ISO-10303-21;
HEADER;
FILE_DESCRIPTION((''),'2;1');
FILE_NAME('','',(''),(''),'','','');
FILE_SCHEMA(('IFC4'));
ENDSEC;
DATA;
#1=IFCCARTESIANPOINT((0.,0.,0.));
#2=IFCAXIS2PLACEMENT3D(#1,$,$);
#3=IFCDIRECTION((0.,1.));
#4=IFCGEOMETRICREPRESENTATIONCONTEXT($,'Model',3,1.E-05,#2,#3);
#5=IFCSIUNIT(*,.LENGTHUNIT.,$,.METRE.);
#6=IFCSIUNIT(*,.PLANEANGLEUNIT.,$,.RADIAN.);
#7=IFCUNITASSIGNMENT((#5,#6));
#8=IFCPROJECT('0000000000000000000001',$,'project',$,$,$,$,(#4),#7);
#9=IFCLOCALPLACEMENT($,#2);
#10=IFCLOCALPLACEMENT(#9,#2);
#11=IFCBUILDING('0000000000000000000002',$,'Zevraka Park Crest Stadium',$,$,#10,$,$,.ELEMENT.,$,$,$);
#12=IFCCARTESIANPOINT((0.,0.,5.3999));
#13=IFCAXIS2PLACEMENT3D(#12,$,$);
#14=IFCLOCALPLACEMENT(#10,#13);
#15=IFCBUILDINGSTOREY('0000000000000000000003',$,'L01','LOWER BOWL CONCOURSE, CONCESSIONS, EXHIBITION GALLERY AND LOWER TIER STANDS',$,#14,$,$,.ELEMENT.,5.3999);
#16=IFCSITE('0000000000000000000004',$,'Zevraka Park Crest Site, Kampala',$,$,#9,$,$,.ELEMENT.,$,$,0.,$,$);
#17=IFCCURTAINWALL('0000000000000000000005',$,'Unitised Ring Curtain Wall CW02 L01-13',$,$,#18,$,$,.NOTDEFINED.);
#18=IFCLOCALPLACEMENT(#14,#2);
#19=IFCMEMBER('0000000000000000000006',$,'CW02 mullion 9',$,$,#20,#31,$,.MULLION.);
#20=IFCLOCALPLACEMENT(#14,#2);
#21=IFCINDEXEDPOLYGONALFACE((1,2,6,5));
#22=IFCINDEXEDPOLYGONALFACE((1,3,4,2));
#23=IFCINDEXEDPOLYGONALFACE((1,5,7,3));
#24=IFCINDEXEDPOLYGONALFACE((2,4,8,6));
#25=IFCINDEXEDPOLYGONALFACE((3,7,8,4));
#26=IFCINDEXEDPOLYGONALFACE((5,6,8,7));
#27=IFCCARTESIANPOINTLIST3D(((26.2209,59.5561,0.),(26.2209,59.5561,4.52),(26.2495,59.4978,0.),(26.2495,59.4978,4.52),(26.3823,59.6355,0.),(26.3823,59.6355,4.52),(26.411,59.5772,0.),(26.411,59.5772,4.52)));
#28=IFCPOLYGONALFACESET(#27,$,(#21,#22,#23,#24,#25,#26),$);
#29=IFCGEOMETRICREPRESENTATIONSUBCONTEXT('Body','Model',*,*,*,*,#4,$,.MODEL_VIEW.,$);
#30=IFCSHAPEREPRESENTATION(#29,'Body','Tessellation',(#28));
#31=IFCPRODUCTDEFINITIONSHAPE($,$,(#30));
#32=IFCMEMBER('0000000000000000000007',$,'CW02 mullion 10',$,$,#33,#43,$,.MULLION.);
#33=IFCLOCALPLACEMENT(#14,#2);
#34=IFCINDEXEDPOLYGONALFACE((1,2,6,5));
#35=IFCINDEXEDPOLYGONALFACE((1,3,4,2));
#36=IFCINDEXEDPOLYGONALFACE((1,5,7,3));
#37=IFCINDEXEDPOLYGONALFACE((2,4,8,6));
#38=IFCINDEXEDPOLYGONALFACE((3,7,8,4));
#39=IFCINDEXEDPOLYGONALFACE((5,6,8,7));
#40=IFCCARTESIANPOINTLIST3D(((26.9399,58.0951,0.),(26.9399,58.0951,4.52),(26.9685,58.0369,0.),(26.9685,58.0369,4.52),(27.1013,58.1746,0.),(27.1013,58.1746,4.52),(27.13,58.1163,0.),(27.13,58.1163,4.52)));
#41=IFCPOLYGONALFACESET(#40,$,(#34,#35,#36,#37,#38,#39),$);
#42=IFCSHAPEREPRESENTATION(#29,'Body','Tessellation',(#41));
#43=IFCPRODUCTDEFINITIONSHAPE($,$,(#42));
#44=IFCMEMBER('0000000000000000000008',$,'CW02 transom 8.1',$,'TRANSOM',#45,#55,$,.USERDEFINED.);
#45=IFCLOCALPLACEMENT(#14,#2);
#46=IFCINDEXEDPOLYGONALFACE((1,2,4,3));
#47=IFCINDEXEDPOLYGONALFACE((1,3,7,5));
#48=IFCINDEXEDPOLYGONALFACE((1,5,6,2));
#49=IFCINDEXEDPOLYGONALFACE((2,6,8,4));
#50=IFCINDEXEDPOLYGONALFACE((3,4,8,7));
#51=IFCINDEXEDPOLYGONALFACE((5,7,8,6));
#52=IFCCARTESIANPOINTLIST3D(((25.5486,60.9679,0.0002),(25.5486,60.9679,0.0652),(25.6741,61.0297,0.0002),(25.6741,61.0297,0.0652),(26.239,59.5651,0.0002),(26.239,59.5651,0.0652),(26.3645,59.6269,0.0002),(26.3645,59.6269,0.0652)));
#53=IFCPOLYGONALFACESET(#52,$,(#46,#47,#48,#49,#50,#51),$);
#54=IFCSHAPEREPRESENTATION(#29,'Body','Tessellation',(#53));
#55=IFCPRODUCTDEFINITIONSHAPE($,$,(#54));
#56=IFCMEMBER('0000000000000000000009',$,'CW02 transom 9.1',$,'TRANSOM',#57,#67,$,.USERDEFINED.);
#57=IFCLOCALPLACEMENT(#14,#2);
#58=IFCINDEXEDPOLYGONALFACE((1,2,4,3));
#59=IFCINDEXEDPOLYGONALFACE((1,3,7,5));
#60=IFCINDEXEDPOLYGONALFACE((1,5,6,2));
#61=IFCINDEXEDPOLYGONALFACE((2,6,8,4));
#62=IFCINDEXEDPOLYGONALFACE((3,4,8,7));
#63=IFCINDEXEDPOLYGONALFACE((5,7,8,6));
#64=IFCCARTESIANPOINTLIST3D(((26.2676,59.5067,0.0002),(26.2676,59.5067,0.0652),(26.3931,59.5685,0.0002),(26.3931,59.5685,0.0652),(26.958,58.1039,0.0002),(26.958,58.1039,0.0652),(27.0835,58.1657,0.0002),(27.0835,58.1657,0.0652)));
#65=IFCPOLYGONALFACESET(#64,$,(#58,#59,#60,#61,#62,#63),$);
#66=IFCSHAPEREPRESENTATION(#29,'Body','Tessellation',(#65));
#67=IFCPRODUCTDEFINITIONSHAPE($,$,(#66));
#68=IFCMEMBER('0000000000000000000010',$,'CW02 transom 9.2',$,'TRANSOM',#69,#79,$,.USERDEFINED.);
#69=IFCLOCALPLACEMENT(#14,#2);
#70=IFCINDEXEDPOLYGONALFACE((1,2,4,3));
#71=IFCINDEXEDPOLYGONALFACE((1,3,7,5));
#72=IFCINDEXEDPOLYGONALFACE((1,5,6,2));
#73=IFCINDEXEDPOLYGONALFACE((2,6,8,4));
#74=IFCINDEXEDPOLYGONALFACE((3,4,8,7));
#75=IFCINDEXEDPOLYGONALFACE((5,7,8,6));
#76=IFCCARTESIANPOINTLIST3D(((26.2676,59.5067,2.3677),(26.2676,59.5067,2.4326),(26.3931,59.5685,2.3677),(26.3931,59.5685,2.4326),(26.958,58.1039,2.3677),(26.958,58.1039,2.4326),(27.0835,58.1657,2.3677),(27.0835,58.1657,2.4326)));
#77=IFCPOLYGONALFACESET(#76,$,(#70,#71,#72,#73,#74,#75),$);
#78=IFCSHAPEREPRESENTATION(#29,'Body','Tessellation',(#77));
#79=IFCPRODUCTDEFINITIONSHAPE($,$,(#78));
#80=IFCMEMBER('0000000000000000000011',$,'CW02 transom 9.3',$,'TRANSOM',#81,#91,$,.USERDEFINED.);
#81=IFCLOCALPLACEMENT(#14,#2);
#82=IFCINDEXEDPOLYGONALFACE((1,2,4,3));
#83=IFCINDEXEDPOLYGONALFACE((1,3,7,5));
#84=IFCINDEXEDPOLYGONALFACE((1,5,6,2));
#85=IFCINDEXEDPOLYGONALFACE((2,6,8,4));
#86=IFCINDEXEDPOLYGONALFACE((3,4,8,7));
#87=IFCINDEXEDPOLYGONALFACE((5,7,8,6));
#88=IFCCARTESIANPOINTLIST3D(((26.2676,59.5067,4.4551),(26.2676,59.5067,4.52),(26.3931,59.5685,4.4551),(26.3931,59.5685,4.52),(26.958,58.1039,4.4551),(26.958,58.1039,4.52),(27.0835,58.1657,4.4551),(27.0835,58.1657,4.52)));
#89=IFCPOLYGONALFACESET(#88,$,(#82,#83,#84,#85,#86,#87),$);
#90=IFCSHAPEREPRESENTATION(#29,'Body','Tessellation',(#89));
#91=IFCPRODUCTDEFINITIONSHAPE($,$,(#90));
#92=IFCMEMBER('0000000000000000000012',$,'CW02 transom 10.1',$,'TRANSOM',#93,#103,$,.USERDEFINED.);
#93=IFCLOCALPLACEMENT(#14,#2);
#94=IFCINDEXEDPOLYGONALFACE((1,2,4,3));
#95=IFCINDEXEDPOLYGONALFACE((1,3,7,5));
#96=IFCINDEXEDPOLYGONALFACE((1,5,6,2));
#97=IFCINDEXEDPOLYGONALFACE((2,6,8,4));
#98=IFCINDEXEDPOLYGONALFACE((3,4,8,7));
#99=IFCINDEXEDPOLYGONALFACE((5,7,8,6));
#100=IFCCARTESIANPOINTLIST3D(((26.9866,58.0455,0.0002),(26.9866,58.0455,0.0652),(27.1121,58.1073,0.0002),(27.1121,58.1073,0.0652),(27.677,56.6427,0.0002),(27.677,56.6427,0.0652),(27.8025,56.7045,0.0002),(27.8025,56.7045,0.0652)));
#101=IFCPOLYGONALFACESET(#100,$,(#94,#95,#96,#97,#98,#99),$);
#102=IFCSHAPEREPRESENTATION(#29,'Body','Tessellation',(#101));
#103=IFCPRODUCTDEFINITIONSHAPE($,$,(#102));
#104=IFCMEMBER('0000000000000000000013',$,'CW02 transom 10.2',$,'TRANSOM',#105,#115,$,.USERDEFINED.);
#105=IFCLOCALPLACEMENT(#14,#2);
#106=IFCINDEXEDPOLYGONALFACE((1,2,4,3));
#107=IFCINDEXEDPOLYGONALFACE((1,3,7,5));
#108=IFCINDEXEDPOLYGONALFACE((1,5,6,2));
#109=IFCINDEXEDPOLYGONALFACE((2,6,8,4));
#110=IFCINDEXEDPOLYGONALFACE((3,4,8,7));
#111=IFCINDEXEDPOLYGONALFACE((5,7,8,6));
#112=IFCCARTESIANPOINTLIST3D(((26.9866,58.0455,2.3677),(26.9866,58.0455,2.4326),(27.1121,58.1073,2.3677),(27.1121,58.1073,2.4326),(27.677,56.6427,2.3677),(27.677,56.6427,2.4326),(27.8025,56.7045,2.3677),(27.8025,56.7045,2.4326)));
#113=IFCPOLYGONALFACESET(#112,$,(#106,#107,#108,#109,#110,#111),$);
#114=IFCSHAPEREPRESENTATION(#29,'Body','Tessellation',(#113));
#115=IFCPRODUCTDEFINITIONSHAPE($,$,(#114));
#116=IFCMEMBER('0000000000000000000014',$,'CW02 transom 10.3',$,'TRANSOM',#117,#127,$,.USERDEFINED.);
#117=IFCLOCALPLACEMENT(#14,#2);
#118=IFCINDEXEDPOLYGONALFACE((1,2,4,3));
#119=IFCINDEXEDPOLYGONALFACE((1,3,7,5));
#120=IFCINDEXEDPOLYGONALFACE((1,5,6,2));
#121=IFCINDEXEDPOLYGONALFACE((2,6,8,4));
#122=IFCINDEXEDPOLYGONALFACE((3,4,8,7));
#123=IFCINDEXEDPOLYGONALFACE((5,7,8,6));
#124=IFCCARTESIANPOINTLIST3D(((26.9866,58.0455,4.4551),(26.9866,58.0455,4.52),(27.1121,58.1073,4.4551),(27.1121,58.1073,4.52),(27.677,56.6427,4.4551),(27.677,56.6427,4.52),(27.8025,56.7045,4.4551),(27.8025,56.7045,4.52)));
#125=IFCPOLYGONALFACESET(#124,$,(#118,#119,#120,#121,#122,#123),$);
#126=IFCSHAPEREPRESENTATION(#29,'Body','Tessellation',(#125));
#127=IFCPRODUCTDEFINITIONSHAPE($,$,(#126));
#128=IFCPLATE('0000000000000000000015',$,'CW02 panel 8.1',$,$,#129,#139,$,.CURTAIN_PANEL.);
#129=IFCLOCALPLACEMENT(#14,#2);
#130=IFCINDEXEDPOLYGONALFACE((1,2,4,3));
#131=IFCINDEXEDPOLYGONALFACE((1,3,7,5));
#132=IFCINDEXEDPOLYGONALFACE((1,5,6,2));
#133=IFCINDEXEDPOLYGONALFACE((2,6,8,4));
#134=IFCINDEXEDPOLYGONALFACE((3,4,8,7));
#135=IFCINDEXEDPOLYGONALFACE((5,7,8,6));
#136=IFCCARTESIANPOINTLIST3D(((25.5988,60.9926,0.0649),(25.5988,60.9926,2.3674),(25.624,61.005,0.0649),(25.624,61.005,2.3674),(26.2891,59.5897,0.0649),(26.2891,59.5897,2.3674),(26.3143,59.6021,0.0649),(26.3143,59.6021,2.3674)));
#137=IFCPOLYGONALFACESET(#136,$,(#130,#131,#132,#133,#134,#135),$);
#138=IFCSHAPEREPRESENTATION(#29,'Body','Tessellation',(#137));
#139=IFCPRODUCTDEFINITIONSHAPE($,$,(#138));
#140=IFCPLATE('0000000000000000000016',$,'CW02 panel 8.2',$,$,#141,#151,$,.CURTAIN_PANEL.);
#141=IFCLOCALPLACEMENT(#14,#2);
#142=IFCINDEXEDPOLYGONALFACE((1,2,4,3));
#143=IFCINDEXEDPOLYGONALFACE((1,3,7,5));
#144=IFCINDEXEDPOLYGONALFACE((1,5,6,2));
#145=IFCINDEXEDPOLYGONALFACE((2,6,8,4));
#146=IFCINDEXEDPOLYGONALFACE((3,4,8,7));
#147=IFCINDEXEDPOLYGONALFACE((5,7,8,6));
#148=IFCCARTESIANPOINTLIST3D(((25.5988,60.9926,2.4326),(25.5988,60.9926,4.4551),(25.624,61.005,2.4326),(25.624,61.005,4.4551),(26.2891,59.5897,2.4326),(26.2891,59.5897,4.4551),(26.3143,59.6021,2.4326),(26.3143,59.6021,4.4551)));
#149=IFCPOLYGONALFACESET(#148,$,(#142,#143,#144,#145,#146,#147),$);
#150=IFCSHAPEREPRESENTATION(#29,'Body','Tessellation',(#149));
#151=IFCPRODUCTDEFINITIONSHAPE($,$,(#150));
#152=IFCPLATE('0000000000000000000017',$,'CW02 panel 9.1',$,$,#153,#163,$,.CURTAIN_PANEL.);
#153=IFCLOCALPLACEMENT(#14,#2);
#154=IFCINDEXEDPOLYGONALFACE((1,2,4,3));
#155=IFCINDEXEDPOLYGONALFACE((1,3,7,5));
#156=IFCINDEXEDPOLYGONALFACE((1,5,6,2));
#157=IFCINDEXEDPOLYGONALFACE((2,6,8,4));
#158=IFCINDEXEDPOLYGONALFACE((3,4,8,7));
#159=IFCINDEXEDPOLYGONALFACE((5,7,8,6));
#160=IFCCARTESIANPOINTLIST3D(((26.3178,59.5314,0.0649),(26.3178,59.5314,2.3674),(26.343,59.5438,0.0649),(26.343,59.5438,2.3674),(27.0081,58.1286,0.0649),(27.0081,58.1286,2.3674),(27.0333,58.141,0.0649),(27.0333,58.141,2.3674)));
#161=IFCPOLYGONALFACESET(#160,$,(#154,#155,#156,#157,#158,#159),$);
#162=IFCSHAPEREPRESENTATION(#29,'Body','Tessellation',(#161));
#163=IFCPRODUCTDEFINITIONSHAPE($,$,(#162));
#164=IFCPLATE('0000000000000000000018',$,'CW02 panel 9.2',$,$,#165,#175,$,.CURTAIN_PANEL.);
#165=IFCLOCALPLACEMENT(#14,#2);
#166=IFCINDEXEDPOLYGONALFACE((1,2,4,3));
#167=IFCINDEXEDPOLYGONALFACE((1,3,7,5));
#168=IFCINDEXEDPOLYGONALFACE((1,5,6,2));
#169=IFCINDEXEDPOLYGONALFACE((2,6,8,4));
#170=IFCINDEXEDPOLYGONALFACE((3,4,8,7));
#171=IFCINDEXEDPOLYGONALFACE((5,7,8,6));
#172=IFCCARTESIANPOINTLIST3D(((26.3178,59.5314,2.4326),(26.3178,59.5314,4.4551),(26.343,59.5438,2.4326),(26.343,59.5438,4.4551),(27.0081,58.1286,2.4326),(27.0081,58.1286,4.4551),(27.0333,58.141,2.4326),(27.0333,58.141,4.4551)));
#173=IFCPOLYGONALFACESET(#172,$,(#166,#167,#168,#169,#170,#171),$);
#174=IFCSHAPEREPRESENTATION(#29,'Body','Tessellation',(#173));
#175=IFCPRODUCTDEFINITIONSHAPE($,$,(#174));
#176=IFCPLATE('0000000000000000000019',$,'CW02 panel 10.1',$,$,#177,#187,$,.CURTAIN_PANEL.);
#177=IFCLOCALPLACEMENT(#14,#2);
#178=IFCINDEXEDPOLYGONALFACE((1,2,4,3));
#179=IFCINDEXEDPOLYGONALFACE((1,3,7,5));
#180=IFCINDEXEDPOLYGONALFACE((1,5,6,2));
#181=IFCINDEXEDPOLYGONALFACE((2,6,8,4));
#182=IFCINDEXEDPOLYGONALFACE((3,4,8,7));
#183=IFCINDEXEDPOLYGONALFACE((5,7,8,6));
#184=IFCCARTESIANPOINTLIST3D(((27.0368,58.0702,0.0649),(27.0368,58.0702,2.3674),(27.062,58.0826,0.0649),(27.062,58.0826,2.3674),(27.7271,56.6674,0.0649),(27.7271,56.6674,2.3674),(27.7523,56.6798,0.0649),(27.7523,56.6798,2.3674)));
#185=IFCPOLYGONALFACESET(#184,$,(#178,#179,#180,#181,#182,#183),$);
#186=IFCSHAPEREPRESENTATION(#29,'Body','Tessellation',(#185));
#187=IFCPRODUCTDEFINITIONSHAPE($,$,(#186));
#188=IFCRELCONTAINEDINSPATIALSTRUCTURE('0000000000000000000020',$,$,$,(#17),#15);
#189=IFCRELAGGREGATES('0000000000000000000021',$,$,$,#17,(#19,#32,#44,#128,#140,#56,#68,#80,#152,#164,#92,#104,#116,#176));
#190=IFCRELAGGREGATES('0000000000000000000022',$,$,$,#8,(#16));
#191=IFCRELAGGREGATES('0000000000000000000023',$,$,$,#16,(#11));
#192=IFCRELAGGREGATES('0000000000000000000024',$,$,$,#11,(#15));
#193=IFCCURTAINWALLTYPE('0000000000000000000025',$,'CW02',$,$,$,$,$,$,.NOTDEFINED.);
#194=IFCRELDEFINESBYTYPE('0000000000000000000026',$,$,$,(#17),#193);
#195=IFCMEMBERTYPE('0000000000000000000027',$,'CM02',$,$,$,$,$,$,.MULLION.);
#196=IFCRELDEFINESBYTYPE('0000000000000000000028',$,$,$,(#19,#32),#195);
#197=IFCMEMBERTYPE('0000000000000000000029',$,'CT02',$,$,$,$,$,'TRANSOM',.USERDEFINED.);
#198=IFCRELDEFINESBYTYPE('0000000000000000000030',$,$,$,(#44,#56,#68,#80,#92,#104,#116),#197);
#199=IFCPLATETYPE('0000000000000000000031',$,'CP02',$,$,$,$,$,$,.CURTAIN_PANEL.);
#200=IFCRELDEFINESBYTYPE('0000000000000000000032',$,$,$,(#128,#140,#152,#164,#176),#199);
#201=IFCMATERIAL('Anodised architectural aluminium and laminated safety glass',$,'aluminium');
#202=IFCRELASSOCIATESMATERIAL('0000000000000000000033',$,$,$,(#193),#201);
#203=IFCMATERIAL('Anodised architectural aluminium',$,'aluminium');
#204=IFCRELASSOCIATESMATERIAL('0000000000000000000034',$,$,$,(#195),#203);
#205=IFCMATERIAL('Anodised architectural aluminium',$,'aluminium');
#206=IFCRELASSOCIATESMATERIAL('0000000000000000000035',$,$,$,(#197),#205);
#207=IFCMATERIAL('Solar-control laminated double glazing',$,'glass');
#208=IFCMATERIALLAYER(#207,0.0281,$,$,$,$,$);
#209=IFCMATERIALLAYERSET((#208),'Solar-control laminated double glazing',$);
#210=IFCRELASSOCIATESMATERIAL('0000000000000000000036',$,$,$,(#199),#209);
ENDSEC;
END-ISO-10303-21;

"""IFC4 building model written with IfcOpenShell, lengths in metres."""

from ifc_helpers import new_model, si_unit, direction, frame, origin, origin_2d, place, context, subcontext, project, spatial, rectangle, extrude, material, layer, layer_set, material_profile, profile_set, type_object, element, aggregate, save


model = new_model("IFC4")

# Units and contexts
model_context = context("Model", 3, precision=1e-05, world=origin(), true_north=direction((0.0, 1.0)))
body_context = subcontext(model_context, "Body", "Model", "MODEL_VIEW")
ifc_project = project(units=[si_unit("LENGTHUNIT", "METRE"), si_unit("PLANEANGLEUNIT", "RADIAN")], contexts=[model_context])

# Site, building, storey
site_placement = place(None, origin())
site = spatial("IfcSite", under=ifc_project, at=site_placement, Name="Zevraka Park Crest Site, Kampala", CompositionType="ELEMENT", RefElevation=0.0)
building_placement = place(site_placement, origin())
building = spatial("IfcBuilding", under=site, at=building_placement, Name="Zevraka Park Crest Stadium", CompositionType="ELEMENT")
storey_placement = place(building_placement, frame((0.0, 0.0, 5.3999)))
storey = spatial("IfcBuildingStorey", under=building, at=storey_placement, Name="L01", Description="LOWER BOWL CONCOURSE, CONCESSIONS, EXHIBITION GALLERY AND LOWER TIER STANDS", CompositionType="ELEMENT", Elevation=5.3999)

# Curtain wall, members, plates
ifc_material_1 = material(Name="Anodised architectural aluminium and laminated safety glass", Category="aluminium")
curtain_wall_type = type_object("IfcCurtainWallType", Name="CW02", PredefinedType="NOTDEFINED", material=ifc_material_1)
curtain_wall_placement = place(storey_placement, origin())
curtain_wall = element("IfcCurtainWall", 1, at=curtain_wall_placement, inside=storey, type_object=curtain_wall_type, Name="Unitised Ring Curtain Wall CW02 L01-13", PredefinedType="NOTDEFINED")
ifc_material_2 = material(Name="Anodised architectural aluminium", Category="aluminium")
ifc_material_profile_1 = material_profile(ifc_material_2, rectangle(XDim=0.1799, YDim=0.0649, at=origin_2d()), Name="ALU MULLION 180x65")
ifc_profile_set_1 = profile_set([ifc_material_profile_1], Name="Anodised architectural aluminium")
member_type_1 = type_object("IfcMemberType", Name="CM02", PredefinedType="MULLION", material=ifc_profile_set_1)
member_1_placement = place(storey_placement, frame((26.3159, 59.5667, 0.0), z_axis=(0.0, 0.0, 1.0), x_axis=(0.897253, 0.441517, 0.0)))
member_1 = element("IfcMember", 2, at=member_1_placement, type_object=member_type_1, Name="CW02 mullion 9", PredefinedType="MULLION", context=body_context, shape_type="SweptSolid", body=[
    extrude(rectangle(XDim=0.1799, YDim=0.0649, at=origin_2d()), origin(), (0.0, 0.0, 1.0), 4.52),
])
member_2_placement = place(storey_placement, frame((27.0349, 58.1057, 0.0), z_axis=(0.0, 0.0, 1.0), x_axis=(0.897253, 0.441517, 0.0)))
member_2 = element("IfcMember", 3, at=member_2_placement, type_object=member_type_1, Name="CW02 mullion 10", PredefinedType="MULLION", context=body_context, shape_type="SweptSolid", body=[
    extrude(rectangle(XDim=0.1799, YDim=0.0649, at=origin_2d()), origin(), (0.0, 0.0, 1.0), 4.52),
])
ifc_material_3 = material(Name="Anodised architectural aluminium", Category="aluminium")
ifc_material_profile_2 = material_profile(ifc_material_3, rectangle(XDim=0.1399, YDim=0.0649, at=origin_2d()), Name="ALU TRANSOM 140x65")
ifc_profile_set_2 = profile_set([ifc_material_profile_2], Name="Anodised architectural aluminium")
member_type_2 = type_object("IfcMemberType", Name="CT02", ElementType="TRANSOM", PredefinedType="USERDEFINED", material=ifc_profile_set_2)
member_3_placement = place(storey_placement, frame((25.6113, 60.9988, 0.0327), z_axis=(0.441583, -0.89722, 0.0), x_axis=(0.89722, 0.441583, 0.0)))
member_3 = element("IfcMember", 4, at=member_3_placement, type_object=member_type_2, Name="CW02 transom 8.1", ObjectType="TRANSOM", PredefinedType="USERDEFINED", context=body_context, shape_type="SweptSolid", body=[
    extrude(rectangle(XDim=0.1399, YDim=0.0649, at=origin_2d()), origin(), (0.0, 0.0, 1.0), 1.5635),
])
member_4_placement = place(storey_placement, frame((26.3303, 59.5376, 0.0327), z_axis=(0.441583, -0.89722, 0.0), x_axis=(0.89722, 0.441583, 0.0)))
member_4 = element("IfcMember", 5, at=member_4_placement, type_object=member_type_2, Name="CW02 transom 9.1", ObjectType="TRANSOM", PredefinedType="USERDEFINED", context=body_context, shape_type="SweptSolid", body=[
    extrude(rectangle(XDim=0.1399, YDim=0.0649, at=origin_2d()), origin(), (0.0, 0.0, 1.0), 1.5635),
])
member_5_placement = place(storey_placement, frame((26.3303, 59.5376, 2.4001), z_axis=(0.441583, -0.89722, 0.0), x_axis=(0.89722, 0.441583, 0.0)))
member_5 = element("IfcMember", 6, at=member_5_placement, type_object=member_type_2, Name="CW02 transom 9.2", ObjectType="TRANSOM", PredefinedType="USERDEFINED", context=body_context, shape_type="SweptSolid", body=[
    extrude(rectangle(XDim=0.1399, YDim=0.0649, at=origin_2d()), origin(), (0.0, 0.0, 1.0), 1.5635),
])
member_6_placement = place(storey_placement, frame((26.3303, 59.5376, 4.4875), z_axis=(0.441583, -0.89722, 0.0), x_axis=(0.89722, 0.441583, 0.0)))
member_6 = element("IfcMember", 7, at=member_6_placement, type_object=member_type_2, Name="CW02 transom 9.3", ObjectType="TRANSOM", PredefinedType="USERDEFINED", context=body_context, shape_type="SweptSolid", body=[
    extrude(rectangle(XDim=0.1399, YDim=0.0649, at=origin_2d()), origin(), (0.0, 0.0, 1.0), 1.5635),
])
member_7_placement = place(storey_placement, frame((27.0493, 58.0764, 0.0327), z_axis=(0.441583, -0.89722, 0.0), x_axis=(0.89722, 0.441583, 0.0)))
member_7 = element("IfcMember", 8, at=member_7_placement, type_object=member_type_2, Name="CW02 transom 10.1", ObjectType="TRANSOM", PredefinedType="USERDEFINED", context=body_context, shape_type="SweptSolid", body=[
    extrude(rectangle(XDim=0.1399, YDim=0.0649, at=origin_2d()), origin(), (0.0, 0.0, 1.0), 1.5635),
])
member_8_placement = place(storey_placement, frame((27.0493, 58.0764, 2.4001), z_axis=(0.441583, -0.89722, 0.0), x_axis=(0.89722, 0.441583, 0.0)))
member_8 = element("IfcMember", 9, at=member_8_placement, type_object=member_type_2, Name="CW02 transom 10.2", ObjectType="TRANSOM", PredefinedType="USERDEFINED", context=body_context, shape_type="SweptSolid", body=[
    extrude(rectangle(XDim=0.1399, YDim=0.0649, at=origin_2d()), origin(), (0.0, 0.0, 1.0), 1.5635),
])
member_9_placement = place(storey_placement, frame((27.0493, 58.0764, 4.4875), z_axis=(0.441583, -0.89722, 0.0), x_axis=(0.89722, 0.441583, 0.0)))
member_9 = element("IfcMember", 10, at=member_9_placement, type_object=member_type_2, Name="CW02 transom 10.3", ObjectType="TRANSOM", PredefinedType="USERDEFINED", context=body_context, shape_type="SweptSolid", body=[
    extrude(rectangle(XDim=0.1399, YDim=0.0649, at=origin_2d()), origin(), (0.0, 0.0, 1.0), 1.5635),
])
ifc_material_4 = material(Name="Solar-control laminated double glazing", Category="glass")
ifc_layer_1 = layer(ifc_material_4, 0.0281)
ifc_layer_set_1 = layer_set([ifc_layer_1], Name="Solar-control laminated double glazing")
plate_type = type_object("IfcPlateType", Name="CP02", PredefinedType="CURTAIN_PANEL", material=ifc_layer_set_1)
plate_1_placement = place(storey_placement, frame((25.9565, 60.2974, 0.0649), z_axis=(0.0, 0.0, 1.0), x_axis=(0.441517, -0.897253, 0.0)))
plate_1 = element("IfcPlate", 11, at=plate_1_placement, type_object=plate_type, Name="CW02 panel 8.1", PredefinedType="CURTAIN_PANEL", context=body_context, shape_type="SweptSolid", body=[
    extrude(rectangle(XDim=1.5635, YDim=0.0281, at=origin_2d()), origin(), (0.0, 0.0, 1.0), 2.3025),
])
plate_2_placement = place(storey_placement, frame((25.9565, 60.2974, 2.4326), z_axis=(0.0, 0.0, 1.0), x_axis=(0.441517, -0.897253, 0.0)))
plate_2 = element("IfcPlate", 12, at=plate_2_placement, type_object=plate_type, Name="CW02 panel 8.2", PredefinedType="CURTAIN_PANEL", context=body_context, shape_type="SweptSolid", body=[
    extrude(rectangle(XDim=1.5635, YDim=0.0281, at=origin_2d()), origin(), (0.0, 0.0, 1.0), 2.0225),
])
plate_3_placement = place(storey_placement, frame((26.6755, 58.8362, 0.0649), z_axis=(0.0, 0.0, 1.0), x_axis=(0.441517, -0.897253, 0.0)))
plate_3 = element("IfcPlate", 13, at=plate_3_placement, type_object=plate_type, Name="CW02 panel 9.1", PredefinedType="CURTAIN_PANEL", context=body_context, shape_type="SweptSolid", body=[
    extrude(rectangle(XDim=1.5635, YDim=0.0281, at=origin_2d()), origin(), (0.0, 0.0, 1.0), 2.3025),
])
plate_4_placement = place(storey_placement, frame((26.6755, 58.8362, 2.4326), z_axis=(0.0, 0.0, 1.0), x_axis=(0.441517, -0.897253, 0.0)))
plate_4 = element("IfcPlate", 14, at=plate_4_placement, type_object=plate_type, Name="CW02 panel 9.2", PredefinedType="CURTAIN_PANEL", context=body_context, shape_type="SweptSolid", body=[
    extrude(rectangle(XDim=1.5635, YDim=0.0281, at=origin_2d()), origin(), (0.0, 0.0, 1.0), 2.0225),
])
plate_5_placement = place(storey_placement, frame((27.3945, 57.375, 0.0649), z_axis=(0.0, 0.0, 1.0), x_axis=(0.441517, -0.897253, 0.0)))
plate_5 = element("IfcPlate", 15, at=plate_5_placement, type_object=plate_type, Name="CW02 panel 10.1", PredefinedType="CURTAIN_PANEL", context=body_context, shape_type="SweptSolid", body=[
    extrude(rectangle(XDim=1.5635, YDim=0.0281, at=origin_2d()), origin(), (0.0, 0.0, 1.0), 2.3025),
])
aggregate(curtain_wall, [member_1, member_2, member_3, plate_1, plate_2, member_4, member_5, member_6, plate_3, plate_4, member_7, member_8, member_9, plate_5])

save(model, "model.ifc")
